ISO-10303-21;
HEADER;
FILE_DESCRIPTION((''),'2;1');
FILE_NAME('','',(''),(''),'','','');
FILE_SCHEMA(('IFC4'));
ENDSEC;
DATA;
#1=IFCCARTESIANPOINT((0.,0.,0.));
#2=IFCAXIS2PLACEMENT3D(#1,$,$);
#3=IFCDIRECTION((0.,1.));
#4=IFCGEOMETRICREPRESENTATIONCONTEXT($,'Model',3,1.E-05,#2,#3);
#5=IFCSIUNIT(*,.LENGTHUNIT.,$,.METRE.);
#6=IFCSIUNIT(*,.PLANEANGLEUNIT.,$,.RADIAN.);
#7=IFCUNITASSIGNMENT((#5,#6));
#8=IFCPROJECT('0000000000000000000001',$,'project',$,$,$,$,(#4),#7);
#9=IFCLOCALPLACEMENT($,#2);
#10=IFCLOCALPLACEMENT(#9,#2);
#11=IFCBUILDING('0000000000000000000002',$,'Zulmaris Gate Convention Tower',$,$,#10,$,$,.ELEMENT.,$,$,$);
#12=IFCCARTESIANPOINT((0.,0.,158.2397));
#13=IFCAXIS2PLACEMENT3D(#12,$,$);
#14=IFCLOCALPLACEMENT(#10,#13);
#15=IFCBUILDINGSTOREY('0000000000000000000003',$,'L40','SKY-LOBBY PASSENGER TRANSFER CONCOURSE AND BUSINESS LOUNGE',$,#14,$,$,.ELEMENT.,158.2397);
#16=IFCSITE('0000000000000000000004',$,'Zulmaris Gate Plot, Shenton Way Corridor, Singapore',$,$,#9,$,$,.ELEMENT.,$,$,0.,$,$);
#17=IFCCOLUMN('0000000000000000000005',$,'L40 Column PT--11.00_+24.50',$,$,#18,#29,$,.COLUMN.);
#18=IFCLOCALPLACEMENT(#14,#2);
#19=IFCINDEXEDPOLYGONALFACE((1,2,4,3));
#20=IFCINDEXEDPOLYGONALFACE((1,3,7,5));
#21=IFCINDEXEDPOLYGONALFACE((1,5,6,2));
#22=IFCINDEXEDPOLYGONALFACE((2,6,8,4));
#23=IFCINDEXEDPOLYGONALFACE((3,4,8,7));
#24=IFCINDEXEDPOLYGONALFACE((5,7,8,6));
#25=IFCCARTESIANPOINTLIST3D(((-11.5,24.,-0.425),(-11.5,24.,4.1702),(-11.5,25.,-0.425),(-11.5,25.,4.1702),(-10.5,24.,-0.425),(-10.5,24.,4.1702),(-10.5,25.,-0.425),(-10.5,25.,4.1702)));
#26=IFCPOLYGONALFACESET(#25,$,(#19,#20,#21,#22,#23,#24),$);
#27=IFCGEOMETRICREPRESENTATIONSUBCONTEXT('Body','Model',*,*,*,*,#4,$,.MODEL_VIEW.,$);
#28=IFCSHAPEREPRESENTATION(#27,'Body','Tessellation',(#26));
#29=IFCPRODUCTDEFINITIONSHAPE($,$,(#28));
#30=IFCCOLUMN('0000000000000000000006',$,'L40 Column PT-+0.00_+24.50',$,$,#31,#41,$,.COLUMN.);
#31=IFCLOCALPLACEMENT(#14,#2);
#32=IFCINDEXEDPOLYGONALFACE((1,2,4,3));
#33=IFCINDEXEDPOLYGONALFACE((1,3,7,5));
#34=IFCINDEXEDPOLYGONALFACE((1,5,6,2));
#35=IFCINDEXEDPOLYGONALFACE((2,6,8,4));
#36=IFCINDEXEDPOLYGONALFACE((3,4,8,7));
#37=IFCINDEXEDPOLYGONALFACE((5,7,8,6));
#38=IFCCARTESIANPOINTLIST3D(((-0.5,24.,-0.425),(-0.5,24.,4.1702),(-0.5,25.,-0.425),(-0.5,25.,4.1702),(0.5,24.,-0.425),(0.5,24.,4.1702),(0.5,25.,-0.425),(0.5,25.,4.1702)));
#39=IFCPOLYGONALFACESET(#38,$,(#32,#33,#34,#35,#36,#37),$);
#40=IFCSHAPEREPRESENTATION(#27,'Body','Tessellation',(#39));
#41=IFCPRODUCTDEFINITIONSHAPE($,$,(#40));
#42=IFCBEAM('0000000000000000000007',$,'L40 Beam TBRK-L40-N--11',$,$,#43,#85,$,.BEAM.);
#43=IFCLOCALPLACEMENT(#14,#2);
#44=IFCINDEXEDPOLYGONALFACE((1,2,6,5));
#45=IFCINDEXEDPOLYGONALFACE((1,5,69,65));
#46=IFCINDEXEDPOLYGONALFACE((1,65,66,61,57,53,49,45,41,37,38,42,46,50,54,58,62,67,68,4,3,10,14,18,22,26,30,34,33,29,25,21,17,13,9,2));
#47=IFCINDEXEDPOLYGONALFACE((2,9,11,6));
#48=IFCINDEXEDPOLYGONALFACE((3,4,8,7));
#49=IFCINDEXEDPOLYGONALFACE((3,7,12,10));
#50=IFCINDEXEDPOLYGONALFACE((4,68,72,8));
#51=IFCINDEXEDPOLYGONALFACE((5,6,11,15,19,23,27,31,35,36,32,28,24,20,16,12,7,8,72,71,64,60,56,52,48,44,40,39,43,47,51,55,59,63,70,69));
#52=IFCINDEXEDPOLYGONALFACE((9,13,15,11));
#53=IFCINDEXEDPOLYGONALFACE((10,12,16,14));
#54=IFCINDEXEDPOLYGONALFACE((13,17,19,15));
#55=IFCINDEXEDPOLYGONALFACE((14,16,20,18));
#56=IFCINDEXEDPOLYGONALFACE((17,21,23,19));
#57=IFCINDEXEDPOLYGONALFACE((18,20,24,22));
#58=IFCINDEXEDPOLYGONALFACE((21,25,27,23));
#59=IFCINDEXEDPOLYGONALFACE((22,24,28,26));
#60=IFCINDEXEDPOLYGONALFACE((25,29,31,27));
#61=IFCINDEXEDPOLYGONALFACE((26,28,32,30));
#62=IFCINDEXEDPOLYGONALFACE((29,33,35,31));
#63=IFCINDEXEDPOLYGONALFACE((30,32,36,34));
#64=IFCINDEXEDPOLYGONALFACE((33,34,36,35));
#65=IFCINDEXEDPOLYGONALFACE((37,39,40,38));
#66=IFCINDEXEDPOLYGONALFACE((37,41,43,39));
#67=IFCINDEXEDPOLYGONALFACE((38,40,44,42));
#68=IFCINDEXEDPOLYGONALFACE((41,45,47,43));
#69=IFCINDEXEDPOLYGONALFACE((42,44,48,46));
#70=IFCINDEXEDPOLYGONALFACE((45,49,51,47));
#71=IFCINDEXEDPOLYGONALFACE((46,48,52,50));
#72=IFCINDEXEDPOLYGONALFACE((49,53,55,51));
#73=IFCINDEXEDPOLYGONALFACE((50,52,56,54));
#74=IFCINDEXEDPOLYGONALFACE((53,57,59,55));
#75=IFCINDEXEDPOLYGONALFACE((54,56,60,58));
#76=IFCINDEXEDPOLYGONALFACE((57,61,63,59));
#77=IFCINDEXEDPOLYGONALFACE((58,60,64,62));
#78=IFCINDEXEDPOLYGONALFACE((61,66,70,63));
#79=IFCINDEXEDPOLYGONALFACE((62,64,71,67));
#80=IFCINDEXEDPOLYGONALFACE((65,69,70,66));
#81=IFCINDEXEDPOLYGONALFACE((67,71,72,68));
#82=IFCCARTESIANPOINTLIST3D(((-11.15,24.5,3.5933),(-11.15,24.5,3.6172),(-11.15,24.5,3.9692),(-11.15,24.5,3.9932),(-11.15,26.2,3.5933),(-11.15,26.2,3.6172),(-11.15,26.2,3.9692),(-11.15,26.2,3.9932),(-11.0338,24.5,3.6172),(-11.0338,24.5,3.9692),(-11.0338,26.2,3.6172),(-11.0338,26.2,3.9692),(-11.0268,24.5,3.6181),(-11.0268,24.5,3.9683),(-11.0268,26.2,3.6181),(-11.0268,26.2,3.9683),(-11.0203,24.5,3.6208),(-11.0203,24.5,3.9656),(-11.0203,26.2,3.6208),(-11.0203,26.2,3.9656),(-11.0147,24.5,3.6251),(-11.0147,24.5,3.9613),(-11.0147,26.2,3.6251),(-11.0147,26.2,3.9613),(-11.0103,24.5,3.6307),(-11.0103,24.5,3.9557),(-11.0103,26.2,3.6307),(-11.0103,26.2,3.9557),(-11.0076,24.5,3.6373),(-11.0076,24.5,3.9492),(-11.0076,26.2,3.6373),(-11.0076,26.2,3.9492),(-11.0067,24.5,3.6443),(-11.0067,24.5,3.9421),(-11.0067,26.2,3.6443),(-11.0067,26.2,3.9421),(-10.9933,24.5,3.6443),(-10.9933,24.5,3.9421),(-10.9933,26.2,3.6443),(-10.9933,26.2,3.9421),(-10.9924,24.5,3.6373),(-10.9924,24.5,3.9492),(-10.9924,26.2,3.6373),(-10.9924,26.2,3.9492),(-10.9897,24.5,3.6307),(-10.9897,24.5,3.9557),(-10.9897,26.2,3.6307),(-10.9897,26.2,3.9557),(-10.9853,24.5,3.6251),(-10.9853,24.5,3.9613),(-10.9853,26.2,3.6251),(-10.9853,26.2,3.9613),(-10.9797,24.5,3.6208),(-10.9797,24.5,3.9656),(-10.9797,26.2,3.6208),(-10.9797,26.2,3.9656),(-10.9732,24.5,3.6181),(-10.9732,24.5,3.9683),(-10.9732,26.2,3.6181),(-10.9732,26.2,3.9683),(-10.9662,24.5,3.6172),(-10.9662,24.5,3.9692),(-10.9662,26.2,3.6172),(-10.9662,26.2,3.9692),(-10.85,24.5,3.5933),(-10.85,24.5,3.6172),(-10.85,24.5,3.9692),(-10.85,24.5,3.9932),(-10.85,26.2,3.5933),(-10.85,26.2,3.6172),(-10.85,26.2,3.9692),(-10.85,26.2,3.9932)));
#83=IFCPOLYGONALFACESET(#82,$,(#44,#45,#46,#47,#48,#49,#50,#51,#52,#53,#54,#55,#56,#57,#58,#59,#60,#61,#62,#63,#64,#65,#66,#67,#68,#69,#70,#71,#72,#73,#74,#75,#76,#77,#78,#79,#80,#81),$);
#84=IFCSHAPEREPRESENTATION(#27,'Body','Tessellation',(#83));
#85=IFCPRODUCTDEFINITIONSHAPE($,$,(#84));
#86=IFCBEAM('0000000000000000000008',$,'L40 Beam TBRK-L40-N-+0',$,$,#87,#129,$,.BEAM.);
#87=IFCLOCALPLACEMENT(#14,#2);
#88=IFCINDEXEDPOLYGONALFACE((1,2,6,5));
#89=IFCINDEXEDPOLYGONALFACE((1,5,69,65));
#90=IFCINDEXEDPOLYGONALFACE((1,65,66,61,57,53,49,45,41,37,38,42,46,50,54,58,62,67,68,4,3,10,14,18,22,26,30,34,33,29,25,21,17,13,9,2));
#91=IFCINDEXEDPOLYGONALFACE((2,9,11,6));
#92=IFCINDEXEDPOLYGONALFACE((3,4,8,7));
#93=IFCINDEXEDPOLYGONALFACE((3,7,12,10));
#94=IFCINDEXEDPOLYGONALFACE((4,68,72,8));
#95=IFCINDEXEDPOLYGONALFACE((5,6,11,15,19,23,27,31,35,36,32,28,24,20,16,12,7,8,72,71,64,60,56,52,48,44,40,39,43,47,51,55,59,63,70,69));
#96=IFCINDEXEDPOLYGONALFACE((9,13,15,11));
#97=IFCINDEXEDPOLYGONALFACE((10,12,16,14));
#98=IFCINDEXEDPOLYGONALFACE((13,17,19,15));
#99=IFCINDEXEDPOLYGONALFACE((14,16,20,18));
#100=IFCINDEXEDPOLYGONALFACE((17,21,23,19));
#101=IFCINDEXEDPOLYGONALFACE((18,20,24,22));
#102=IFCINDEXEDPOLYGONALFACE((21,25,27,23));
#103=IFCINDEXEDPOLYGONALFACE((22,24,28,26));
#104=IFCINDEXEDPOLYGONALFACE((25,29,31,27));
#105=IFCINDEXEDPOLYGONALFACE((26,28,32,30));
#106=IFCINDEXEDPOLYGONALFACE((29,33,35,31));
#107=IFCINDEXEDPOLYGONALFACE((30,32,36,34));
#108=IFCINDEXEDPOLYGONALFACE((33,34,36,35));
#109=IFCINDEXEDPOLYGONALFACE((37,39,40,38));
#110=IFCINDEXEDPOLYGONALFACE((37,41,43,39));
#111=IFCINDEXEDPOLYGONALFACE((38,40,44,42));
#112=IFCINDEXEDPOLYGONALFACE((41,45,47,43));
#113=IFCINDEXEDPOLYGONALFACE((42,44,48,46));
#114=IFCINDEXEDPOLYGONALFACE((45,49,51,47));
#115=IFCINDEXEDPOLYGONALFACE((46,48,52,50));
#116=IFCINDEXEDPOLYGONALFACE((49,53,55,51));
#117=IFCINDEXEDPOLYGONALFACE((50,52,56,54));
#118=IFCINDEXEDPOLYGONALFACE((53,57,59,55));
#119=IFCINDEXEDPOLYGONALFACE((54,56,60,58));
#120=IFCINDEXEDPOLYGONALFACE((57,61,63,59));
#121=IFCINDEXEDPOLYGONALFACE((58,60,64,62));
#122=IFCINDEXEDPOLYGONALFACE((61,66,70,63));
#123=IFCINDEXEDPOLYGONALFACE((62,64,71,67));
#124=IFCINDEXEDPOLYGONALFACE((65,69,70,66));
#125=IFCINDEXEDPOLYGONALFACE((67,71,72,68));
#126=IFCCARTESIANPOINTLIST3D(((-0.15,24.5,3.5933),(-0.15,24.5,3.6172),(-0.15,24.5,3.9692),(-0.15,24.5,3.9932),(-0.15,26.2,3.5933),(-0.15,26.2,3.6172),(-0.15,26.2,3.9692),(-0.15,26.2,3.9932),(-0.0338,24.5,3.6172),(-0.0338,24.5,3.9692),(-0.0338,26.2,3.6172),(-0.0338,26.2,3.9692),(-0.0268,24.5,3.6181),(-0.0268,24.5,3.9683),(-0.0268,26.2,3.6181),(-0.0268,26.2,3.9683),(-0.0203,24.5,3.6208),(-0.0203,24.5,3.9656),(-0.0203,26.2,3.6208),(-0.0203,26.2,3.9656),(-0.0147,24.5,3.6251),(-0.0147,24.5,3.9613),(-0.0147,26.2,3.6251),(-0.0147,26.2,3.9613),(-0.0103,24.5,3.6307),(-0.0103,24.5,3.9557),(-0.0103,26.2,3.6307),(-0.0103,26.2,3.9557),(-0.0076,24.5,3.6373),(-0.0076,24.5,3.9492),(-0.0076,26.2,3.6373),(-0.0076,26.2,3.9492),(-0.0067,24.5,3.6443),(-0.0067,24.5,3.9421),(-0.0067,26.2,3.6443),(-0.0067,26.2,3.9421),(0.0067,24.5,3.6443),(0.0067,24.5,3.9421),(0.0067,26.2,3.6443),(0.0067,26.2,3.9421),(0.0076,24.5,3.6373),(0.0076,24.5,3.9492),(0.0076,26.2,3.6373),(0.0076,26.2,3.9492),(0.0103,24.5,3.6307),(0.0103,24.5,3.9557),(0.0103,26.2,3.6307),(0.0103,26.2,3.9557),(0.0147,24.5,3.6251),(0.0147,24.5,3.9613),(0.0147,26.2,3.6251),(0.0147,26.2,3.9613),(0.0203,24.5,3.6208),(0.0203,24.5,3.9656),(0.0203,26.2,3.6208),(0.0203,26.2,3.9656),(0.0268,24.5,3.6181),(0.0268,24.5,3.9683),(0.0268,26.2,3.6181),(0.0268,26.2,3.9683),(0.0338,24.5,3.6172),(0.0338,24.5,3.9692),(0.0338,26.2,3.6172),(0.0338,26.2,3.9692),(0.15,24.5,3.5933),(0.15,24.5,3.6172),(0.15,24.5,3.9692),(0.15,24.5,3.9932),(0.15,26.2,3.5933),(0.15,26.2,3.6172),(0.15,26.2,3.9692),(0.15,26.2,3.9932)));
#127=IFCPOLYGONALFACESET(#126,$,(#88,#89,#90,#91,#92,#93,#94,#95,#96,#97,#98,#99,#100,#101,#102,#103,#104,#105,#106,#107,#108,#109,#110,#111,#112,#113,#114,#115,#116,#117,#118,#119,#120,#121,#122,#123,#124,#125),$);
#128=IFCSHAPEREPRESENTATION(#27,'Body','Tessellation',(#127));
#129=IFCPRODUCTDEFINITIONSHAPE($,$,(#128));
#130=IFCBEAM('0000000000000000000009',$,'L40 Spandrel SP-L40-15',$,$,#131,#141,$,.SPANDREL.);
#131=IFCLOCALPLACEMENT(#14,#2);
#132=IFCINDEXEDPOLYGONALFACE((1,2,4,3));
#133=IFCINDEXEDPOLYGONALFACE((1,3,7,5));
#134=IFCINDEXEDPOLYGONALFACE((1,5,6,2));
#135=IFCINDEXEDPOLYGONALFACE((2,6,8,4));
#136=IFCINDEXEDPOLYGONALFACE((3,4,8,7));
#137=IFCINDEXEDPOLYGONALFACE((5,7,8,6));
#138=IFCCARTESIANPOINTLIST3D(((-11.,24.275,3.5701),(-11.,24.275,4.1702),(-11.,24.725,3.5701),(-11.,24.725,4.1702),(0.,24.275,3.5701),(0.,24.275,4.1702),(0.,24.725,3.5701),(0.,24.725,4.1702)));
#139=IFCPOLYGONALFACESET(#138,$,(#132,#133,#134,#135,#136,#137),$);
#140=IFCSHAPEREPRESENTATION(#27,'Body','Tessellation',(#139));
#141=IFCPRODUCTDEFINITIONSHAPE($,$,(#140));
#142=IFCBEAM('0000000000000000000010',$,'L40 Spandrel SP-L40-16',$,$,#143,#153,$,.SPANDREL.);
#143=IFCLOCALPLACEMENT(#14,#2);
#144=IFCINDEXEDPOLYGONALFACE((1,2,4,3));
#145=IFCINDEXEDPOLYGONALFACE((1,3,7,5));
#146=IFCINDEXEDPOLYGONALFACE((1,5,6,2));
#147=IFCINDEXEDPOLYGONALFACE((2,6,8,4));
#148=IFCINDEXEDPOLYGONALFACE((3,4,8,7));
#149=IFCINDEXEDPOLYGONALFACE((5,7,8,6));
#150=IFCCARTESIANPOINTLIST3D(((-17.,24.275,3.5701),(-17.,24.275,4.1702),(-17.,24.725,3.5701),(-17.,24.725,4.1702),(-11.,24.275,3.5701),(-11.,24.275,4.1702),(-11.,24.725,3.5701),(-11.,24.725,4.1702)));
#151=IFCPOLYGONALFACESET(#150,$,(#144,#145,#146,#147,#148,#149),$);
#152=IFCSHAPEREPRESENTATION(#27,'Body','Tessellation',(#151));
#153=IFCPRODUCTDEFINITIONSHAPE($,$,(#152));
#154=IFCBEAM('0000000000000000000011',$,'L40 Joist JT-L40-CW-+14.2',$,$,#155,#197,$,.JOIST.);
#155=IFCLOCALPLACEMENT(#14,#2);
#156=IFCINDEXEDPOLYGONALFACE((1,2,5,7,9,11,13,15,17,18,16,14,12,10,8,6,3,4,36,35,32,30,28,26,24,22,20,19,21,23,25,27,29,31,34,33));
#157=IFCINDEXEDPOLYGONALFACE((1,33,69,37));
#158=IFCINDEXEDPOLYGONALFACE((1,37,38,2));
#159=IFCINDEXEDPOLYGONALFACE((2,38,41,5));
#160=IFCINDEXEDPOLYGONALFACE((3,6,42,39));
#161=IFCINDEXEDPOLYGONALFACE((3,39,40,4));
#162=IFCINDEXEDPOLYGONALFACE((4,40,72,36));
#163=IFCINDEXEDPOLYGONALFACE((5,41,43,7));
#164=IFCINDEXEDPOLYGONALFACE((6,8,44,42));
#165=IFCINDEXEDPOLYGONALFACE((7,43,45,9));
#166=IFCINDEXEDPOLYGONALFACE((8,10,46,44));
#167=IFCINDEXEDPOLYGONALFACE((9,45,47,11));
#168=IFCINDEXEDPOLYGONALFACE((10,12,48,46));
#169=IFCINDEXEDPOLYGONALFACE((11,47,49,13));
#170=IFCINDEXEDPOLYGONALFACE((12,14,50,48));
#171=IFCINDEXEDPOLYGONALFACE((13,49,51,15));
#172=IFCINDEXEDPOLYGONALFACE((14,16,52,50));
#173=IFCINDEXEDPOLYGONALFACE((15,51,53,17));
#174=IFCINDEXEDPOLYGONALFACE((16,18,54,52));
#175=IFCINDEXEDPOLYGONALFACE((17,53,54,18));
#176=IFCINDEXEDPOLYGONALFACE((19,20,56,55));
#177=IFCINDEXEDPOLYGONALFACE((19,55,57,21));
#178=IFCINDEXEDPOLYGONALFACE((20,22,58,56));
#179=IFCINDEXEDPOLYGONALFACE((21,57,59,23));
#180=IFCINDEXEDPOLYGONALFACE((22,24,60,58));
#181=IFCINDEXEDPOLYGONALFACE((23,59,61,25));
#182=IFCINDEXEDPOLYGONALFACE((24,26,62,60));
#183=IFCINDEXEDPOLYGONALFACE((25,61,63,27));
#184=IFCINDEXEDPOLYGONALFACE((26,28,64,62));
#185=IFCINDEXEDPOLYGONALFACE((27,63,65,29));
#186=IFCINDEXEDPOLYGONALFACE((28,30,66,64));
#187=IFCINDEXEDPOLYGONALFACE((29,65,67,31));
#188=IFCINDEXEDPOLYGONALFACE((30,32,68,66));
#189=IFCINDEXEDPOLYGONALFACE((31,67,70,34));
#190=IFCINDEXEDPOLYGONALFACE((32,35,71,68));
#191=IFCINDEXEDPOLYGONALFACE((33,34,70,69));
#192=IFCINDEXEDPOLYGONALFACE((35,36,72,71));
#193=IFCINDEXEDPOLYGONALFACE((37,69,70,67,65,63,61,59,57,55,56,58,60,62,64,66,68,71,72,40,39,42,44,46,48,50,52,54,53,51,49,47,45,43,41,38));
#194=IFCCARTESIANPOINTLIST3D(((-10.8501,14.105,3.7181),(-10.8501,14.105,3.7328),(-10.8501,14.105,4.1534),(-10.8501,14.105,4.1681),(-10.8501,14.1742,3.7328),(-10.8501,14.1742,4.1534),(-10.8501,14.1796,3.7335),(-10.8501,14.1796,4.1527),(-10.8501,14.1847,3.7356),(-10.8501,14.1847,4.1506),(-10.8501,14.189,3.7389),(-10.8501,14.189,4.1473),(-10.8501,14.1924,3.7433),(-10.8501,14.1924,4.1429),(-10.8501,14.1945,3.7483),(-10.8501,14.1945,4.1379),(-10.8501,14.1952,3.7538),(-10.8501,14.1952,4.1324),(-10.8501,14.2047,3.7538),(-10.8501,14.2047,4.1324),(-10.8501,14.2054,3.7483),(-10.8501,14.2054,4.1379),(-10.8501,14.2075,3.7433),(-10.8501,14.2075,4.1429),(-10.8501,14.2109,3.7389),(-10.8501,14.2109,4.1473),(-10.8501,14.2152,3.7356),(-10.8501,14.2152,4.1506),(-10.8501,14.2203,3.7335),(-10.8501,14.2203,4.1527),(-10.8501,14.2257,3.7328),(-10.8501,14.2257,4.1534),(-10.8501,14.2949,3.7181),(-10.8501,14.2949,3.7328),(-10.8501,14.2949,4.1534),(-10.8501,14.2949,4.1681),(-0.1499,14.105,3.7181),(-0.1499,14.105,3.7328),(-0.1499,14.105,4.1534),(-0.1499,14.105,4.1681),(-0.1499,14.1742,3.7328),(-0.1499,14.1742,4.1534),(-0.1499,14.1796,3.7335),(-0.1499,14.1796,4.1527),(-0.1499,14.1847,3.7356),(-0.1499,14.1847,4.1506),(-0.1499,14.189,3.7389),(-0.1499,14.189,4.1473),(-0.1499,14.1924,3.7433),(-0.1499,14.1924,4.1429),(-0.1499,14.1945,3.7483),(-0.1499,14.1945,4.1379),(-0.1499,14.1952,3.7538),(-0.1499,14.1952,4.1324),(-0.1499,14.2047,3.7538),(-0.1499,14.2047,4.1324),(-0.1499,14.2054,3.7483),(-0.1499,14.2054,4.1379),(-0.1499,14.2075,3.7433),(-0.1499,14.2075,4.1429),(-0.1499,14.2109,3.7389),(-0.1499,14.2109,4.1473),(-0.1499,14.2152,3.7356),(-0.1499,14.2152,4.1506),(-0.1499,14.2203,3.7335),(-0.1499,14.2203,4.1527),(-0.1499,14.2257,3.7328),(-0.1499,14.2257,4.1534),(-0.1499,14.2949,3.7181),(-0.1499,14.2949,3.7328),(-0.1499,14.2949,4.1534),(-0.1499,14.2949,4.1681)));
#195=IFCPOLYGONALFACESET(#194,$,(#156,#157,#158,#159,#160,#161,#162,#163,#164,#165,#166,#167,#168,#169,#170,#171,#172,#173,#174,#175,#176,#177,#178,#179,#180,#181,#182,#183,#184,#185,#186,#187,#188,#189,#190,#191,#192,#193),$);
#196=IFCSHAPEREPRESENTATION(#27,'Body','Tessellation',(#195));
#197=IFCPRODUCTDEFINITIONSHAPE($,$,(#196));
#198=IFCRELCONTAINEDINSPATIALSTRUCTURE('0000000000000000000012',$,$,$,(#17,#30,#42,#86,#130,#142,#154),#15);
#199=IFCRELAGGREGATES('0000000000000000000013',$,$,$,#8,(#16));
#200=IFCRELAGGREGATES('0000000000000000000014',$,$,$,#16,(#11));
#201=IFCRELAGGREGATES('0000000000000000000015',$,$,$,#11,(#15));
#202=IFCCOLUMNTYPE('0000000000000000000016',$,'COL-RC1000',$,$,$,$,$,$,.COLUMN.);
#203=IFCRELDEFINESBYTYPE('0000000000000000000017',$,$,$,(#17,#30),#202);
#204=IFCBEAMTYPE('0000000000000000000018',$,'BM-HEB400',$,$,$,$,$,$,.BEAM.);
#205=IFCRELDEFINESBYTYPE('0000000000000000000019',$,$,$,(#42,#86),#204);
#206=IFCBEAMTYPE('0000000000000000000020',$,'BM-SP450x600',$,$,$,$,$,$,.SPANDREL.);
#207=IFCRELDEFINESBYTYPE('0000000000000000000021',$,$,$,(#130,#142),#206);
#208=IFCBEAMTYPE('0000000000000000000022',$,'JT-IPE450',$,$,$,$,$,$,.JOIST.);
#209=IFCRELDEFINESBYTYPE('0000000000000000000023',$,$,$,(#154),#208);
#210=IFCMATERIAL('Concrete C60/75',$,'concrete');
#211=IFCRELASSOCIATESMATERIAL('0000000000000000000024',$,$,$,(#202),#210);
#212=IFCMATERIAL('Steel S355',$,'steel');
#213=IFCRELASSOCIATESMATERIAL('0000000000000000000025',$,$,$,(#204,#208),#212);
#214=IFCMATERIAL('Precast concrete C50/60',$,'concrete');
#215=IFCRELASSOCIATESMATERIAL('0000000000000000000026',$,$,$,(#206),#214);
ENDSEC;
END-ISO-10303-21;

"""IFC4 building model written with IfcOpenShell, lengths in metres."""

from ifc_helpers import new_model, si_unit, direction, frame, origin, origin_2d, place, context, subcontext, project, spatial, rectangle, i_section, extrude, material, material_profile, profile_set, type_object, element, save


model = new_model("IFC4")

# Units and contexts
model_context = context("Model", 3, precision=1e-05, world=origin(), true_north=direction((0.0, 1.0)))
body_context = subcontext(model_context, "Body", "Model", "MODEL_VIEW")
ifc_project = project(units=[si_unit("LENGTHUNIT", "METRE"), si_unit("PLANEANGLEUNIT", "RADIAN")], contexts=[model_context])

# Site, building, storey
site_placement = place(None, origin())
site = spatial("IfcSite", under=ifc_project, at=site_placement, Name="Zulmaris Gate Plot, Shenton Way Corridor, Singapore", CompositionType="ELEMENT", RefElevation=0.0)
building_placement = place(site_placement, origin())
building = spatial("IfcBuilding", under=site, at=building_placement, Name="Zulmaris Gate Convention Tower", CompositionType="ELEMENT")
storey_placement = place(building_placement, frame((0.0, 0.0, 158.2397)))
storey = spatial("IfcBuildingStorey", under=building, at=storey_placement, Name="L40", Description="SKY-LOBBY PASSENGER TRANSFER CONCOURSE AND BUSINESS LOUNGE", CompositionType="ELEMENT", Elevation=158.2397)

# Columns
ifc_material_1 = material(Name="Concrete C60/75", Category="concrete")
ifc_material_profile_1 = material_profile(ifc_material_1, rectangle(XDim=1.0, YDim=1.0, at=origin_2d()), Name="RC COL 1000x1000")
ifc_profile_set_1 = profile_set([ifc_material_profile_1], Name="Concrete C60/75")
column_type = type_object("IfcColumnType", Name="COL-RC1000", PredefinedType="COLUMN", material=ifc_profile_set_1)
for number, where, z_axis, x_axis, name in (
    (1, (-11.0, 24.5, -0.425), (0.0, 0.0, 1.0), (1.0, 0.0, 0.0), "L40 Column PT--11.00_+24.50"),
    (2, (0.0, 24.5, -0.425), (0.0, 0.0, 1.0), (1.0, 0.0, 0.0), "L40 Column PT-+0.00_+24.50"),
):
    element("IfcColumn", number, at=place(storey_placement, frame(where, z_axis=z_axis, x_axis=x_axis)), inside=storey, type_object=column_type, Name=name, PredefinedType="COLUMN", context=body_context, shape_type="SweptSolid", body=[
        extrude(rectangle(XDim=1.0, YDim=1.0, at=origin_2d()), origin(), (0.0, 0.0, 1.0), 4.5952),
    ])

# Beams
ifc_material_2 = material(Name="Steel S355", Category="steel")
ifc_material_profile_2 = material_profile(ifc_material_2, i_section(OverallWidth=0.3, OverallDepth=0.3999, WebThickness=0.0134, FlangeThickness=0.0239, FilletRadius=0.0271, at=origin_2d()), Name="HEB 400")
ifc_profile_set_2 = profile_set([ifc_material_profile_2], Name="Steel S355")
beam_type_1 = type_object("IfcBeamType", Name="BM-HEB400", PredefinedType="BEAM", material=ifc_profile_set_2)
for number, where, z_axis, x_axis, name in (
    (3, (-11.0, 24.5, 3.7932), (0.0, 1.0, 0.0), (-1.0, 0.0, 0.0), "L40 Beam TBRK-L40-N--11"),
    (4, (0.0, 24.5, 3.7932), (0.0, 1.0, 0.0), (-1.0, 0.0, 0.0), "L40 Beam TBRK-L40-N-+0"),
):
    element("IfcBeam", number, at=place(storey_placement, frame(where, z_axis=z_axis, x_axis=x_axis)), inside=storey, type_object=beam_type_1, Name=name, PredefinedType="BEAM", context=body_context, shape_type="SweptSolid", body=[
        extrude(i_section(OverallWidth=0.3, OverallDepth=0.3999, WebThickness=0.0134, FlangeThickness=0.0239, FilletRadius=0.0271, at=origin_2d()), origin(), (0.0, 0.0, 1.0), 1.7),
    ])
ifc_material_3 = material(Name="Precast concrete C50/60", Category="concrete")
ifc_material_profile_3 = material_profile(ifc_material_3, rectangle(XDim=0.45, YDim=0.6001, at=origin_2d()), Name="RC SPANDREL 450x600")
ifc_profile_set_3 = profile_set([ifc_material_profile_3], Name="Precast concrete C50/60")
beam_type_2 = type_object("IfcBeamType", Name="BM-SP450x600", PredefinedType="SPANDREL", material=ifc_profile_set_3)
beam_1_placement = place(storey_placement, frame((0.0, 24.5, 3.8701), z_axis=(-1.0, 0.0, 0.0), x_axis=(0.0, -1.0, 0.0)))
element("IfcBeam", 5, at=beam_1_placement, inside=storey, type_object=beam_type_2, Name="L40 Spandrel SP-L40-15", PredefinedType="SPANDREL", context=body_context, shape_type="SweptSolid", body=[
    extrude(rectangle(XDim=0.45, YDim=0.6001, at=origin_2d()), origin(), (0.0, 0.0, 1.0), 11.0),
])
beam_2_placement = place(storey_placement, frame((-11.0, 24.5, 3.8701), z_axis=(-1.0, 0.0, 0.0), x_axis=(0.0, -1.0, 0.0)))
element("IfcBeam", 6, at=beam_2_placement, inside=storey, type_object=beam_type_2, Name="L40 Spandrel SP-L40-16", PredefinedType="SPANDREL", context=body_context, shape_type="SweptSolid", body=[
    extrude(rectangle(XDim=0.45, YDim=0.6001, at=origin_2d()), origin(), (0.0, 0.0, 1.0), 6.0),
])
ifc_material_profile_4 = material_profile(ifc_material_2, i_section(OverallWidth=0.1899, OverallDepth=0.45, WebThickness=0.0095, FlangeThickness=0.0146, FilletRadius=0.021, at=origin_2d()), Name="IPE 450")
ifc_profile_set_4 = profile_set([ifc_material_profile_4], Name="Steel S355")
beam_type_3 = type_object("IfcBeamType", Name="JT-IPE450", PredefinedType="JOIST", material=ifc_profile_set_4)
for number, where, z_axis, x_axis, name in (
    (7, (-10.8501, 14.2, 3.9431), (1.0, 0.0, 0.0), (0.0, 1.0, 0.0), "L40 Joist JT-L40-CW-+14.2"),
):
    element("IfcBeam", number, at=place(storey_placement, frame(where, z_axis=z_axis, x_axis=x_axis)), inside=storey, type_object=beam_type_3, Name=name, PredefinedType="JOIST", context=body_context, shape_type="SweptSolid", body=[
        extrude(i_section(OverallWidth=0.1899, OverallDepth=0.45, WebThickness=0.0095, FlangeThickness=0.0146, FilletRadius=0.021, at=origin_2d()), origin(), (0.0, 0.0, 1.0), 10.7002),
    ])

save(model, "model.ifc")
